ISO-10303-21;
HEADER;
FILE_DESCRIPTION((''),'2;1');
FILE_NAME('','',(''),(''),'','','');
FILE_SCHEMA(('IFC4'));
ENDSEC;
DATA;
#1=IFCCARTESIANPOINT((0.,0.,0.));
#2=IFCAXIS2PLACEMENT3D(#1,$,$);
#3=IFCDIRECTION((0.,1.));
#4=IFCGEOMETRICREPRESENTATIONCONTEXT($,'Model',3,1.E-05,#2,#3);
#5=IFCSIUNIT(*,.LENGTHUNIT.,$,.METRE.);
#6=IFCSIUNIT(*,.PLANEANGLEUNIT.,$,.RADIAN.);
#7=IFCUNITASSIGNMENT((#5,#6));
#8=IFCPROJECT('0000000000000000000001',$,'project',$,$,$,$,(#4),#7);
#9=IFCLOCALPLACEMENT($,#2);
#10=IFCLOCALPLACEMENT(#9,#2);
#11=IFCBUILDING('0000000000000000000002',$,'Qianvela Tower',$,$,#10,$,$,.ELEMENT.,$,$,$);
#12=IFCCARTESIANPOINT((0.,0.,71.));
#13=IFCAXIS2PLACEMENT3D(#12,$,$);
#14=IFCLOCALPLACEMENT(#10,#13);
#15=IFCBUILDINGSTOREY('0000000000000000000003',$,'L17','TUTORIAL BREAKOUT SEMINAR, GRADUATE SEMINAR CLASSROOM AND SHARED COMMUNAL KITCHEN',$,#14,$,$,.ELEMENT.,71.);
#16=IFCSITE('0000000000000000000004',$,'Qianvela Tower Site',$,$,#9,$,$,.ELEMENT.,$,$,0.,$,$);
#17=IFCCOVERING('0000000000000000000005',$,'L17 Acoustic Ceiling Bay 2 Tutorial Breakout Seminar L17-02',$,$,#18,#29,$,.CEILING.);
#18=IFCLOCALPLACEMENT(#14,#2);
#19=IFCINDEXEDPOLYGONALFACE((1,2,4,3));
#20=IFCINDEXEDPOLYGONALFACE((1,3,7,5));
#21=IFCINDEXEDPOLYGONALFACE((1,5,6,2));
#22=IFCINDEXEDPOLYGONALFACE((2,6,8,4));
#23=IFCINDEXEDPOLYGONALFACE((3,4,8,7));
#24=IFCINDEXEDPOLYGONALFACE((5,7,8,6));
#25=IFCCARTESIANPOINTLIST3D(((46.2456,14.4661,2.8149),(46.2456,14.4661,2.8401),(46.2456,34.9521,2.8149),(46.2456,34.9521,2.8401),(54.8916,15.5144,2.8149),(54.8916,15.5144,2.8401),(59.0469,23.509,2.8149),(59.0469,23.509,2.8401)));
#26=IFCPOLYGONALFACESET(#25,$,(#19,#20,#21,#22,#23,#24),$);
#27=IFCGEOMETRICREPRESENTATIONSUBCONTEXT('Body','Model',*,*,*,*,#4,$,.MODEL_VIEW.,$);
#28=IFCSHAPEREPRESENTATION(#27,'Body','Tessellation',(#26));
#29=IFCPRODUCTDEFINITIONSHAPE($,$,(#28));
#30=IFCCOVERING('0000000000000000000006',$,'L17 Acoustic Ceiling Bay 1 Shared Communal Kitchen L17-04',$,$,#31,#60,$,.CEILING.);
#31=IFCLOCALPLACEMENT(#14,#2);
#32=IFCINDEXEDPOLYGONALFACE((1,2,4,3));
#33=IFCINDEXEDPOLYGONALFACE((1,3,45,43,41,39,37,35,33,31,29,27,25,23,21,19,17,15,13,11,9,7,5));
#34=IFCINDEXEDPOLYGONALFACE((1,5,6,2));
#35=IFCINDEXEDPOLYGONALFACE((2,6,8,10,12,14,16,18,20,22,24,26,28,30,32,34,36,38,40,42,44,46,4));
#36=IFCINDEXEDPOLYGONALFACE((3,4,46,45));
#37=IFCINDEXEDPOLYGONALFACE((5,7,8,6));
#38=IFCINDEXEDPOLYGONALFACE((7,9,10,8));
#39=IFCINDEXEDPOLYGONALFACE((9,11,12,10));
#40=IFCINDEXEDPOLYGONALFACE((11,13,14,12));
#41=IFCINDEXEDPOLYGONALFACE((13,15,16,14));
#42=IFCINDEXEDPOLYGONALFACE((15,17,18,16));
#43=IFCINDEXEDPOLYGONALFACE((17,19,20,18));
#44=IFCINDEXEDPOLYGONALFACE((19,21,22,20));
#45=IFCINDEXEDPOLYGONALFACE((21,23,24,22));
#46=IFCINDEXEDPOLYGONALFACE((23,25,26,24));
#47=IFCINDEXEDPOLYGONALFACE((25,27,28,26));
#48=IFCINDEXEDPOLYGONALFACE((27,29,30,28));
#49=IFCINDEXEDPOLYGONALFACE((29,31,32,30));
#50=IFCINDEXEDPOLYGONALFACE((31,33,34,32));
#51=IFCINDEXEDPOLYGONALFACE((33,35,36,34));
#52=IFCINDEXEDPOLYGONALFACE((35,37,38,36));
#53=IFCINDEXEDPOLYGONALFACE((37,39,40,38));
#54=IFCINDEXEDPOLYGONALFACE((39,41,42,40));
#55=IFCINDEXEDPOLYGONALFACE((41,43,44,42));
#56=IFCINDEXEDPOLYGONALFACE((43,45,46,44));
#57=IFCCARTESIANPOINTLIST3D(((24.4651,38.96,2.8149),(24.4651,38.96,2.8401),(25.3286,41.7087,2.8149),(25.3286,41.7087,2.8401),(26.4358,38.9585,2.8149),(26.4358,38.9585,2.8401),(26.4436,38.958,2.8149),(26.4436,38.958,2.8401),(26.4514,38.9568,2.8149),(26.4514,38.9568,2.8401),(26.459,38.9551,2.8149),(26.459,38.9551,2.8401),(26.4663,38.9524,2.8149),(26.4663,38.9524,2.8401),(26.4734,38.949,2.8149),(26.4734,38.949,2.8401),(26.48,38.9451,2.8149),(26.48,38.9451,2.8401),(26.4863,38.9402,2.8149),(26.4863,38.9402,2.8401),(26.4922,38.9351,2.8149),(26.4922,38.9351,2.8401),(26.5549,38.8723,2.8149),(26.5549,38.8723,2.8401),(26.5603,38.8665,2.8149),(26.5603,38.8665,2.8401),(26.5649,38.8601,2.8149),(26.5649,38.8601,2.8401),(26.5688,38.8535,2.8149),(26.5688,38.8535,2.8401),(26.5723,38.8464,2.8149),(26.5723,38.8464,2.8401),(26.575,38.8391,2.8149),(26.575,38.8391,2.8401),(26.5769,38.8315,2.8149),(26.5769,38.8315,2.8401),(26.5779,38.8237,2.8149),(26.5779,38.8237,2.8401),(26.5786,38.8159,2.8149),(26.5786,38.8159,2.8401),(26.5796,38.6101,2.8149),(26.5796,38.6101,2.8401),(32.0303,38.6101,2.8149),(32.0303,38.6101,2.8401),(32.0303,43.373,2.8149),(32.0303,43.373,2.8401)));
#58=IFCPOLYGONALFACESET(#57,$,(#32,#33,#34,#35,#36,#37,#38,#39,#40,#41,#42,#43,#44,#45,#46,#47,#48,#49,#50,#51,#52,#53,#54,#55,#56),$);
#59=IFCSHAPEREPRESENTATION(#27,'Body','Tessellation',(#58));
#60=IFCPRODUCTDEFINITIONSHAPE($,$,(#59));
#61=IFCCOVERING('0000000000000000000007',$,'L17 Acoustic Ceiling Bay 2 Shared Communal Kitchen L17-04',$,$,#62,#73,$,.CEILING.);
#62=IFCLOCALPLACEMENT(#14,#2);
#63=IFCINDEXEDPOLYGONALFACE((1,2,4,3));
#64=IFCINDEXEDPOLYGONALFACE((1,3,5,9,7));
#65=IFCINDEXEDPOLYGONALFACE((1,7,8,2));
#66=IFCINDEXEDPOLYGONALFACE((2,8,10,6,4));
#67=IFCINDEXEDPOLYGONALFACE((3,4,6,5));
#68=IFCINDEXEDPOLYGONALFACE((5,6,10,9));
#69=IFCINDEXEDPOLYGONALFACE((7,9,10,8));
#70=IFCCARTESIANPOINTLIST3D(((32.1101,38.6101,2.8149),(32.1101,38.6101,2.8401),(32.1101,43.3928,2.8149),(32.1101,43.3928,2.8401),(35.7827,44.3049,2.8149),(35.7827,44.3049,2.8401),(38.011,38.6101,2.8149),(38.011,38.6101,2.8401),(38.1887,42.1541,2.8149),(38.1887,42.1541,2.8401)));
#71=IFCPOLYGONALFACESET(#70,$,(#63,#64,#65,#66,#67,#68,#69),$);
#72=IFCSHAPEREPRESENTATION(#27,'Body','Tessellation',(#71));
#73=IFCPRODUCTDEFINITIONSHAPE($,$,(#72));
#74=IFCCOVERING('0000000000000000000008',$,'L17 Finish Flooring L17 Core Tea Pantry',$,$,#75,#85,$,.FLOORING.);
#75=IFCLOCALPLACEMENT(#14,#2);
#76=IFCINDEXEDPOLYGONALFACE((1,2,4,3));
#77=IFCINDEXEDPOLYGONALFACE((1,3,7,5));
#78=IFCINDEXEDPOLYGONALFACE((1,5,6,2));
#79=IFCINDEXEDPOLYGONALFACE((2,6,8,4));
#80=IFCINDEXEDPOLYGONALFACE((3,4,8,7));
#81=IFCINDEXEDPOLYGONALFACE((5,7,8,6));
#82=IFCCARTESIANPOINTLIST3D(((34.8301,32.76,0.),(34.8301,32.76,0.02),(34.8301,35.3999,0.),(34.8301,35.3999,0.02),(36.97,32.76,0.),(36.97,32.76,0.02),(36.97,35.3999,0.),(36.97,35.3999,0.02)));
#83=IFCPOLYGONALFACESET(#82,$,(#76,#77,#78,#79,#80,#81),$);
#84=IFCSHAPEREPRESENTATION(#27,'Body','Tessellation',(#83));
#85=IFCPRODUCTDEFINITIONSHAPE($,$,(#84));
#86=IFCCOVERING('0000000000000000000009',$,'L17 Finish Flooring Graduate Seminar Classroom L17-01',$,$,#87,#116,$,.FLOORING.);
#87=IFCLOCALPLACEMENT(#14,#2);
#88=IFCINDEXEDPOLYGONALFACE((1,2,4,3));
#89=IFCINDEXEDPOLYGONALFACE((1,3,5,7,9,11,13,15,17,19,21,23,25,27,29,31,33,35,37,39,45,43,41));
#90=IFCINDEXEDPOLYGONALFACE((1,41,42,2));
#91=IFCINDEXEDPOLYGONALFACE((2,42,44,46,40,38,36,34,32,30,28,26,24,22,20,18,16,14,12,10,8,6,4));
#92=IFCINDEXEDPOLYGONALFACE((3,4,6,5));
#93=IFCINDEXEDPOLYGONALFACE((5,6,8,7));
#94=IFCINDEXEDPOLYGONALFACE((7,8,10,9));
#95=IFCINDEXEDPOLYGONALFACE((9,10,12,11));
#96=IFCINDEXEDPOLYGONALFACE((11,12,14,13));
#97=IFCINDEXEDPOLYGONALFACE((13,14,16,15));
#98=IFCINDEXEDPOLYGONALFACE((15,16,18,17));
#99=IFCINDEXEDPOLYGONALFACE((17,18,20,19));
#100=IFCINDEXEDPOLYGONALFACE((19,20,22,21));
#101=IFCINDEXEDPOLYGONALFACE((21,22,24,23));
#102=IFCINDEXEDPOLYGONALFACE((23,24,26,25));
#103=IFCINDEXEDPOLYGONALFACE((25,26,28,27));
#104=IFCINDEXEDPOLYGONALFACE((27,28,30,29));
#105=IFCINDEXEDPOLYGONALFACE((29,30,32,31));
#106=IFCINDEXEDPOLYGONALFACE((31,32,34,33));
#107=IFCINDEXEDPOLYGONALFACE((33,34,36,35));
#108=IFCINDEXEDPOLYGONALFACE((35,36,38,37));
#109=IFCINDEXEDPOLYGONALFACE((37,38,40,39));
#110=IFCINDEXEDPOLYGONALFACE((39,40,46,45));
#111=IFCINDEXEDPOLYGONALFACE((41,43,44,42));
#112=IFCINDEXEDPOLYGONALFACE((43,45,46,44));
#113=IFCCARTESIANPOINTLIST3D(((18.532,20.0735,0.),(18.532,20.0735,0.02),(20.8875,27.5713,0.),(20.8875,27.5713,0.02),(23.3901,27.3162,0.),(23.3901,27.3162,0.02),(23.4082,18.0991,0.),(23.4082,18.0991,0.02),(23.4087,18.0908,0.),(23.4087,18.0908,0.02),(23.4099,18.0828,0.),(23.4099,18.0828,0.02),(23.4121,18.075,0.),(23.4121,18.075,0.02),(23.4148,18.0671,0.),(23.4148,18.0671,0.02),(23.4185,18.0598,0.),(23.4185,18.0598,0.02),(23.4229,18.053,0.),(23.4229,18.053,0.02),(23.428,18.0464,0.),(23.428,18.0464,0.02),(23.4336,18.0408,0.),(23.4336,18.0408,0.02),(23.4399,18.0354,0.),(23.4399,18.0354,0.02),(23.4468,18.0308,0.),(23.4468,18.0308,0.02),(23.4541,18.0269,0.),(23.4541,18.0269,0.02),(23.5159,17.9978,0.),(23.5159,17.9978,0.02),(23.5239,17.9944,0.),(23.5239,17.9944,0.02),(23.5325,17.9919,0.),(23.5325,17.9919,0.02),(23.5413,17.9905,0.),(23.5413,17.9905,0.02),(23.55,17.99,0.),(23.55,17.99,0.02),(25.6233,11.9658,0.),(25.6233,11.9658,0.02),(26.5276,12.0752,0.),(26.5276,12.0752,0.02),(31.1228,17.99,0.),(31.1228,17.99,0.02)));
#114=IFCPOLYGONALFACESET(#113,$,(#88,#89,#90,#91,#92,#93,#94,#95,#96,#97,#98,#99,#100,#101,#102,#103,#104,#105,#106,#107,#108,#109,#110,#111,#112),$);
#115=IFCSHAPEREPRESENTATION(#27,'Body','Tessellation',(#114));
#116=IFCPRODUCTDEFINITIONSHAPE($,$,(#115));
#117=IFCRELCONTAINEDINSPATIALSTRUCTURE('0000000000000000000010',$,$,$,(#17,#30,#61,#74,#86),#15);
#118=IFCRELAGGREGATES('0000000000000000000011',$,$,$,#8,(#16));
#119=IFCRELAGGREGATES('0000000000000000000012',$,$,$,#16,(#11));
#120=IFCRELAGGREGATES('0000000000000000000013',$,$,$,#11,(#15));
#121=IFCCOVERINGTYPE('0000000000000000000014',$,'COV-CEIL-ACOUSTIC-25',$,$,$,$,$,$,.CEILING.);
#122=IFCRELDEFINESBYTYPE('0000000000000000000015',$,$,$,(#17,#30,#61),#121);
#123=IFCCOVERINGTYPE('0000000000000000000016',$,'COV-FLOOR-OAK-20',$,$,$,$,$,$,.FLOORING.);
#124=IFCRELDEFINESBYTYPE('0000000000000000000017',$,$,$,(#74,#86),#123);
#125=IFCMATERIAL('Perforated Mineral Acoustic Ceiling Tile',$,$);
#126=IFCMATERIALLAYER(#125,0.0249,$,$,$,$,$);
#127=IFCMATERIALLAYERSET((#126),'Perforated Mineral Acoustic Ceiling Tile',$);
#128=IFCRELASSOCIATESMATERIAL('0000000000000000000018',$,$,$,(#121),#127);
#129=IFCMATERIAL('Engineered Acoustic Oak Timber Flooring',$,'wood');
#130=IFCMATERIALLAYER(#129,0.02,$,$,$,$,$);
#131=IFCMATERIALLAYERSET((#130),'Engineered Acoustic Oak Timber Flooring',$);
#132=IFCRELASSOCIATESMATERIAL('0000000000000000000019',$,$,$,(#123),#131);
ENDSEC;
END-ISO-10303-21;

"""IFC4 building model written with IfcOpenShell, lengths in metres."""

from ifc_helpers import new_model, si_unit, direction, frame, origin, place, context, subcontext, project, spatial, polyline, outline, extrude, material, layer, layer_set, type_object, element, save


model = new_model("IFC4")

# Units and contexts
model_context = context("Model", 3, precision=1e-05, world=origin(), true_north=direction((0.0, 1.0)))
body_context = subcontext(model_context, "Body", "Model", "MODEL_VIEW")
ifc_project = project(units=[si_unit("LENGTHUNIT", "METRE"), si_unit("PLANEANGLEUNIT", "RADIAN")], contexts=[model_context])

# Site, building, storey
site_placement = place(None, origin())
site = spatial("IfcSite", under=ifc_project, at=site_placement, Name="Qianvela Tower Site", CompositionType="ELEMENT", RefElevation=0.0)
building_placement = place(site_placement, origin())
building = spatial("IfcBuilding", under=site, at=building_placement, Name="Qianvela Tower", CompositionType="ELEMENT")
storey_placement = place(building_placement, frame((0.0, 0.0, 71.0)))
storey = spatial("IfcBuildingStorey", under=building, at=storey_placement, Name="L17", Description="TUTORIAL BREAKOUT SEMINAR, GRADUATE SEMINAR CLASSROOM AND SHARED COMMUNAL KITCHEN", CompositionType="ELEMENT", Elevation=71.0)

# Coverings
ifc_material_1 = material(Name="Perforated Mineral Acoustic Ceiling Tile")
ifc_layer_1 = layer(ifc_material_1, 0.0249)
ifc_layer_set_1 = layer_set([ifc_layer_1], Name="Perforated Mineral Acoustic Ceiling Tile")
covering_type_1 = type_object("IfcCoveringType", Name="COV-CEIL-ACOUSTIC-25", PredefinedType="CEILING", material=ifc_layer_set_1)
covering_1_placement = place(storey_placement, frame((0.0, 0.0, 2.8149)))
element("IfcCovering", 1, at=covering_1_placement, inside=storey, type_object=covering_type_1, Name="L17 Acoustic Ceiling Bay 2 Tutorial Breakout Seminar L17-02", PredefinedType="CEILING", context=body_context, shape_type="SweptSolid", body=[
    extrude(outline(polyline([(59.0469, 23.509), (54.8916, 15.5144), (46.2456, 14.4661), (46.2456, 34.9521), (59.0469, 23.509)])), origin(), (0.0, 0.0, 1.0), 0.0251),
])
covering_2_placement = place(storey_placement, frame((0.0, 0.0, 2.8149)))
element("IfcCovering", 2, at=covering_2_placement, inside=storey, type_object=covering_type_1, Name="L17 Acoustic Ceiling Bay 1 Shared Communal Kitchen L17-04", PredefinedType="CEILING", context=body_context, shape_type="SweptSolid", body=[
    extrude(outline(polyline([(26.5796, 38.6101), (26.5786, 38.8159), (26.5779, 38.8237), (26.5769, 38.8315), (26.575, 38.8391), (26.5723, 38.8464), (26.5688, 38.8535), (26.5649, 38.8601), (26.5603, 38.8665), (26.5549, 38.8723), (26.4922, 38.9351), (26.4863, 38.9402), (26.48, 38.9451), (26.4734, 38.949), (26.4663, 38.9524), (26.459, 38.9551), (26.4514, 38.9568), (26.4436, 38.958), (26.4358, 38.9585), (24.4651, 38.96), (25.3286, 41.7087), (32.0303, 43.373), (32.0303, 38.6101), (26.5796, 38.6101)])), origin(), (0.0, 0.0, 1.0), 0.0251),
])
covering_3_placement = place(storey_placement, frame((0.0, 0.0, 2.8149)))
element("IfcCovering", 3, at=covering_3_placement, inside=storey, type_object=covering_type_1, Name="L17 Acoustic Ceiling Bay 2 Shared Communal Kitchen L17-04", PredefinedType="CEILING", context=body_context, shape_type="SweptSolid", body=[
    extrude(outline(polyline([(32.1101, 38.6101), (32.1101, 43.3928), (35.7827, 44.3049), (38.1887, 42.1541), (38.011, 38.6101), (32.1101, 38.6101)])), origin(), (0.0, 0.0, 1.0), 0.0251),
])
ifc_material_2 = material(Name="Engineered Acoustic Oak Timber Flooring", Category="wood")
ifc_layer_2 = layer(ifc_material_2, 0.02)
ifc_layer_set_2 = layer_set([ifc_layer_2], Name="Engineered Acoustic Oak Timber Flooring")
covering_type_2 = type_object("IfcCoveringType", Name="COV-FLOOR-OAK-20", PredefinedType="FLOORING", material=ifc_layer_set_2)
covering_4_placement = place(storey_placement, origin())
element("IfcCovering", 4, at=covering_4_placement, inside=storey, type_object=covering_type_2, Name="L17 Finish Flooring L17 Core Tea Pantry", PredefinedType="FLOORING", context=body_context, shape_type="SweptSolid", body=[
    extrude(outline(polyline([(36.97, 32.76), (34.8301, 32.76), (34.8301, 35.3999), (36.97, 35.3999), (36.97, 32.76)])), origin(), (0.0, 0.0, 1.0), 0.02),
])
covering_5_placement = place(storey_placement, origin())
element("IfcCovering", 5, at=covering_5_placement, inside=storey, type_object=covering_type_2, Name="L17 Finish Flooring Graduate Seminar Classroom L17-01", PredefinedType="FLOORING", context=body_context, shape_type="SweptSolid", body=[
    extrude(outline(polyline([(23.3901, 27.3162), (23.4082, 18.0991), (23.4087, 18.0908), (23.4099, 18.0828), (23.4121, 18.075), (23.4148, 18.0671), (23.4185, 18.0598), (23.4229, 18.053), (23.428, 18.0464), (23.4336, 18.0408), (23.4399, 18.0354), (23.4468, 18.0308), (23.4541, 18.0269), (23.5159, 17.9978), (23.5239, 17.9944), (23.5325, 17.9919), (23.5413, 17.9905), (23.55, 17.99), (31.1228, 17.99), (26.5276, 12.0752), (25.6233, 11.9658), (18.532, 20.0735), (20.8875, 27.5713), (23.3901, 27.3162)])), origin(), (0.0, 0.0, 1.0), 0.02),
])

save(model, "model.ifc")
